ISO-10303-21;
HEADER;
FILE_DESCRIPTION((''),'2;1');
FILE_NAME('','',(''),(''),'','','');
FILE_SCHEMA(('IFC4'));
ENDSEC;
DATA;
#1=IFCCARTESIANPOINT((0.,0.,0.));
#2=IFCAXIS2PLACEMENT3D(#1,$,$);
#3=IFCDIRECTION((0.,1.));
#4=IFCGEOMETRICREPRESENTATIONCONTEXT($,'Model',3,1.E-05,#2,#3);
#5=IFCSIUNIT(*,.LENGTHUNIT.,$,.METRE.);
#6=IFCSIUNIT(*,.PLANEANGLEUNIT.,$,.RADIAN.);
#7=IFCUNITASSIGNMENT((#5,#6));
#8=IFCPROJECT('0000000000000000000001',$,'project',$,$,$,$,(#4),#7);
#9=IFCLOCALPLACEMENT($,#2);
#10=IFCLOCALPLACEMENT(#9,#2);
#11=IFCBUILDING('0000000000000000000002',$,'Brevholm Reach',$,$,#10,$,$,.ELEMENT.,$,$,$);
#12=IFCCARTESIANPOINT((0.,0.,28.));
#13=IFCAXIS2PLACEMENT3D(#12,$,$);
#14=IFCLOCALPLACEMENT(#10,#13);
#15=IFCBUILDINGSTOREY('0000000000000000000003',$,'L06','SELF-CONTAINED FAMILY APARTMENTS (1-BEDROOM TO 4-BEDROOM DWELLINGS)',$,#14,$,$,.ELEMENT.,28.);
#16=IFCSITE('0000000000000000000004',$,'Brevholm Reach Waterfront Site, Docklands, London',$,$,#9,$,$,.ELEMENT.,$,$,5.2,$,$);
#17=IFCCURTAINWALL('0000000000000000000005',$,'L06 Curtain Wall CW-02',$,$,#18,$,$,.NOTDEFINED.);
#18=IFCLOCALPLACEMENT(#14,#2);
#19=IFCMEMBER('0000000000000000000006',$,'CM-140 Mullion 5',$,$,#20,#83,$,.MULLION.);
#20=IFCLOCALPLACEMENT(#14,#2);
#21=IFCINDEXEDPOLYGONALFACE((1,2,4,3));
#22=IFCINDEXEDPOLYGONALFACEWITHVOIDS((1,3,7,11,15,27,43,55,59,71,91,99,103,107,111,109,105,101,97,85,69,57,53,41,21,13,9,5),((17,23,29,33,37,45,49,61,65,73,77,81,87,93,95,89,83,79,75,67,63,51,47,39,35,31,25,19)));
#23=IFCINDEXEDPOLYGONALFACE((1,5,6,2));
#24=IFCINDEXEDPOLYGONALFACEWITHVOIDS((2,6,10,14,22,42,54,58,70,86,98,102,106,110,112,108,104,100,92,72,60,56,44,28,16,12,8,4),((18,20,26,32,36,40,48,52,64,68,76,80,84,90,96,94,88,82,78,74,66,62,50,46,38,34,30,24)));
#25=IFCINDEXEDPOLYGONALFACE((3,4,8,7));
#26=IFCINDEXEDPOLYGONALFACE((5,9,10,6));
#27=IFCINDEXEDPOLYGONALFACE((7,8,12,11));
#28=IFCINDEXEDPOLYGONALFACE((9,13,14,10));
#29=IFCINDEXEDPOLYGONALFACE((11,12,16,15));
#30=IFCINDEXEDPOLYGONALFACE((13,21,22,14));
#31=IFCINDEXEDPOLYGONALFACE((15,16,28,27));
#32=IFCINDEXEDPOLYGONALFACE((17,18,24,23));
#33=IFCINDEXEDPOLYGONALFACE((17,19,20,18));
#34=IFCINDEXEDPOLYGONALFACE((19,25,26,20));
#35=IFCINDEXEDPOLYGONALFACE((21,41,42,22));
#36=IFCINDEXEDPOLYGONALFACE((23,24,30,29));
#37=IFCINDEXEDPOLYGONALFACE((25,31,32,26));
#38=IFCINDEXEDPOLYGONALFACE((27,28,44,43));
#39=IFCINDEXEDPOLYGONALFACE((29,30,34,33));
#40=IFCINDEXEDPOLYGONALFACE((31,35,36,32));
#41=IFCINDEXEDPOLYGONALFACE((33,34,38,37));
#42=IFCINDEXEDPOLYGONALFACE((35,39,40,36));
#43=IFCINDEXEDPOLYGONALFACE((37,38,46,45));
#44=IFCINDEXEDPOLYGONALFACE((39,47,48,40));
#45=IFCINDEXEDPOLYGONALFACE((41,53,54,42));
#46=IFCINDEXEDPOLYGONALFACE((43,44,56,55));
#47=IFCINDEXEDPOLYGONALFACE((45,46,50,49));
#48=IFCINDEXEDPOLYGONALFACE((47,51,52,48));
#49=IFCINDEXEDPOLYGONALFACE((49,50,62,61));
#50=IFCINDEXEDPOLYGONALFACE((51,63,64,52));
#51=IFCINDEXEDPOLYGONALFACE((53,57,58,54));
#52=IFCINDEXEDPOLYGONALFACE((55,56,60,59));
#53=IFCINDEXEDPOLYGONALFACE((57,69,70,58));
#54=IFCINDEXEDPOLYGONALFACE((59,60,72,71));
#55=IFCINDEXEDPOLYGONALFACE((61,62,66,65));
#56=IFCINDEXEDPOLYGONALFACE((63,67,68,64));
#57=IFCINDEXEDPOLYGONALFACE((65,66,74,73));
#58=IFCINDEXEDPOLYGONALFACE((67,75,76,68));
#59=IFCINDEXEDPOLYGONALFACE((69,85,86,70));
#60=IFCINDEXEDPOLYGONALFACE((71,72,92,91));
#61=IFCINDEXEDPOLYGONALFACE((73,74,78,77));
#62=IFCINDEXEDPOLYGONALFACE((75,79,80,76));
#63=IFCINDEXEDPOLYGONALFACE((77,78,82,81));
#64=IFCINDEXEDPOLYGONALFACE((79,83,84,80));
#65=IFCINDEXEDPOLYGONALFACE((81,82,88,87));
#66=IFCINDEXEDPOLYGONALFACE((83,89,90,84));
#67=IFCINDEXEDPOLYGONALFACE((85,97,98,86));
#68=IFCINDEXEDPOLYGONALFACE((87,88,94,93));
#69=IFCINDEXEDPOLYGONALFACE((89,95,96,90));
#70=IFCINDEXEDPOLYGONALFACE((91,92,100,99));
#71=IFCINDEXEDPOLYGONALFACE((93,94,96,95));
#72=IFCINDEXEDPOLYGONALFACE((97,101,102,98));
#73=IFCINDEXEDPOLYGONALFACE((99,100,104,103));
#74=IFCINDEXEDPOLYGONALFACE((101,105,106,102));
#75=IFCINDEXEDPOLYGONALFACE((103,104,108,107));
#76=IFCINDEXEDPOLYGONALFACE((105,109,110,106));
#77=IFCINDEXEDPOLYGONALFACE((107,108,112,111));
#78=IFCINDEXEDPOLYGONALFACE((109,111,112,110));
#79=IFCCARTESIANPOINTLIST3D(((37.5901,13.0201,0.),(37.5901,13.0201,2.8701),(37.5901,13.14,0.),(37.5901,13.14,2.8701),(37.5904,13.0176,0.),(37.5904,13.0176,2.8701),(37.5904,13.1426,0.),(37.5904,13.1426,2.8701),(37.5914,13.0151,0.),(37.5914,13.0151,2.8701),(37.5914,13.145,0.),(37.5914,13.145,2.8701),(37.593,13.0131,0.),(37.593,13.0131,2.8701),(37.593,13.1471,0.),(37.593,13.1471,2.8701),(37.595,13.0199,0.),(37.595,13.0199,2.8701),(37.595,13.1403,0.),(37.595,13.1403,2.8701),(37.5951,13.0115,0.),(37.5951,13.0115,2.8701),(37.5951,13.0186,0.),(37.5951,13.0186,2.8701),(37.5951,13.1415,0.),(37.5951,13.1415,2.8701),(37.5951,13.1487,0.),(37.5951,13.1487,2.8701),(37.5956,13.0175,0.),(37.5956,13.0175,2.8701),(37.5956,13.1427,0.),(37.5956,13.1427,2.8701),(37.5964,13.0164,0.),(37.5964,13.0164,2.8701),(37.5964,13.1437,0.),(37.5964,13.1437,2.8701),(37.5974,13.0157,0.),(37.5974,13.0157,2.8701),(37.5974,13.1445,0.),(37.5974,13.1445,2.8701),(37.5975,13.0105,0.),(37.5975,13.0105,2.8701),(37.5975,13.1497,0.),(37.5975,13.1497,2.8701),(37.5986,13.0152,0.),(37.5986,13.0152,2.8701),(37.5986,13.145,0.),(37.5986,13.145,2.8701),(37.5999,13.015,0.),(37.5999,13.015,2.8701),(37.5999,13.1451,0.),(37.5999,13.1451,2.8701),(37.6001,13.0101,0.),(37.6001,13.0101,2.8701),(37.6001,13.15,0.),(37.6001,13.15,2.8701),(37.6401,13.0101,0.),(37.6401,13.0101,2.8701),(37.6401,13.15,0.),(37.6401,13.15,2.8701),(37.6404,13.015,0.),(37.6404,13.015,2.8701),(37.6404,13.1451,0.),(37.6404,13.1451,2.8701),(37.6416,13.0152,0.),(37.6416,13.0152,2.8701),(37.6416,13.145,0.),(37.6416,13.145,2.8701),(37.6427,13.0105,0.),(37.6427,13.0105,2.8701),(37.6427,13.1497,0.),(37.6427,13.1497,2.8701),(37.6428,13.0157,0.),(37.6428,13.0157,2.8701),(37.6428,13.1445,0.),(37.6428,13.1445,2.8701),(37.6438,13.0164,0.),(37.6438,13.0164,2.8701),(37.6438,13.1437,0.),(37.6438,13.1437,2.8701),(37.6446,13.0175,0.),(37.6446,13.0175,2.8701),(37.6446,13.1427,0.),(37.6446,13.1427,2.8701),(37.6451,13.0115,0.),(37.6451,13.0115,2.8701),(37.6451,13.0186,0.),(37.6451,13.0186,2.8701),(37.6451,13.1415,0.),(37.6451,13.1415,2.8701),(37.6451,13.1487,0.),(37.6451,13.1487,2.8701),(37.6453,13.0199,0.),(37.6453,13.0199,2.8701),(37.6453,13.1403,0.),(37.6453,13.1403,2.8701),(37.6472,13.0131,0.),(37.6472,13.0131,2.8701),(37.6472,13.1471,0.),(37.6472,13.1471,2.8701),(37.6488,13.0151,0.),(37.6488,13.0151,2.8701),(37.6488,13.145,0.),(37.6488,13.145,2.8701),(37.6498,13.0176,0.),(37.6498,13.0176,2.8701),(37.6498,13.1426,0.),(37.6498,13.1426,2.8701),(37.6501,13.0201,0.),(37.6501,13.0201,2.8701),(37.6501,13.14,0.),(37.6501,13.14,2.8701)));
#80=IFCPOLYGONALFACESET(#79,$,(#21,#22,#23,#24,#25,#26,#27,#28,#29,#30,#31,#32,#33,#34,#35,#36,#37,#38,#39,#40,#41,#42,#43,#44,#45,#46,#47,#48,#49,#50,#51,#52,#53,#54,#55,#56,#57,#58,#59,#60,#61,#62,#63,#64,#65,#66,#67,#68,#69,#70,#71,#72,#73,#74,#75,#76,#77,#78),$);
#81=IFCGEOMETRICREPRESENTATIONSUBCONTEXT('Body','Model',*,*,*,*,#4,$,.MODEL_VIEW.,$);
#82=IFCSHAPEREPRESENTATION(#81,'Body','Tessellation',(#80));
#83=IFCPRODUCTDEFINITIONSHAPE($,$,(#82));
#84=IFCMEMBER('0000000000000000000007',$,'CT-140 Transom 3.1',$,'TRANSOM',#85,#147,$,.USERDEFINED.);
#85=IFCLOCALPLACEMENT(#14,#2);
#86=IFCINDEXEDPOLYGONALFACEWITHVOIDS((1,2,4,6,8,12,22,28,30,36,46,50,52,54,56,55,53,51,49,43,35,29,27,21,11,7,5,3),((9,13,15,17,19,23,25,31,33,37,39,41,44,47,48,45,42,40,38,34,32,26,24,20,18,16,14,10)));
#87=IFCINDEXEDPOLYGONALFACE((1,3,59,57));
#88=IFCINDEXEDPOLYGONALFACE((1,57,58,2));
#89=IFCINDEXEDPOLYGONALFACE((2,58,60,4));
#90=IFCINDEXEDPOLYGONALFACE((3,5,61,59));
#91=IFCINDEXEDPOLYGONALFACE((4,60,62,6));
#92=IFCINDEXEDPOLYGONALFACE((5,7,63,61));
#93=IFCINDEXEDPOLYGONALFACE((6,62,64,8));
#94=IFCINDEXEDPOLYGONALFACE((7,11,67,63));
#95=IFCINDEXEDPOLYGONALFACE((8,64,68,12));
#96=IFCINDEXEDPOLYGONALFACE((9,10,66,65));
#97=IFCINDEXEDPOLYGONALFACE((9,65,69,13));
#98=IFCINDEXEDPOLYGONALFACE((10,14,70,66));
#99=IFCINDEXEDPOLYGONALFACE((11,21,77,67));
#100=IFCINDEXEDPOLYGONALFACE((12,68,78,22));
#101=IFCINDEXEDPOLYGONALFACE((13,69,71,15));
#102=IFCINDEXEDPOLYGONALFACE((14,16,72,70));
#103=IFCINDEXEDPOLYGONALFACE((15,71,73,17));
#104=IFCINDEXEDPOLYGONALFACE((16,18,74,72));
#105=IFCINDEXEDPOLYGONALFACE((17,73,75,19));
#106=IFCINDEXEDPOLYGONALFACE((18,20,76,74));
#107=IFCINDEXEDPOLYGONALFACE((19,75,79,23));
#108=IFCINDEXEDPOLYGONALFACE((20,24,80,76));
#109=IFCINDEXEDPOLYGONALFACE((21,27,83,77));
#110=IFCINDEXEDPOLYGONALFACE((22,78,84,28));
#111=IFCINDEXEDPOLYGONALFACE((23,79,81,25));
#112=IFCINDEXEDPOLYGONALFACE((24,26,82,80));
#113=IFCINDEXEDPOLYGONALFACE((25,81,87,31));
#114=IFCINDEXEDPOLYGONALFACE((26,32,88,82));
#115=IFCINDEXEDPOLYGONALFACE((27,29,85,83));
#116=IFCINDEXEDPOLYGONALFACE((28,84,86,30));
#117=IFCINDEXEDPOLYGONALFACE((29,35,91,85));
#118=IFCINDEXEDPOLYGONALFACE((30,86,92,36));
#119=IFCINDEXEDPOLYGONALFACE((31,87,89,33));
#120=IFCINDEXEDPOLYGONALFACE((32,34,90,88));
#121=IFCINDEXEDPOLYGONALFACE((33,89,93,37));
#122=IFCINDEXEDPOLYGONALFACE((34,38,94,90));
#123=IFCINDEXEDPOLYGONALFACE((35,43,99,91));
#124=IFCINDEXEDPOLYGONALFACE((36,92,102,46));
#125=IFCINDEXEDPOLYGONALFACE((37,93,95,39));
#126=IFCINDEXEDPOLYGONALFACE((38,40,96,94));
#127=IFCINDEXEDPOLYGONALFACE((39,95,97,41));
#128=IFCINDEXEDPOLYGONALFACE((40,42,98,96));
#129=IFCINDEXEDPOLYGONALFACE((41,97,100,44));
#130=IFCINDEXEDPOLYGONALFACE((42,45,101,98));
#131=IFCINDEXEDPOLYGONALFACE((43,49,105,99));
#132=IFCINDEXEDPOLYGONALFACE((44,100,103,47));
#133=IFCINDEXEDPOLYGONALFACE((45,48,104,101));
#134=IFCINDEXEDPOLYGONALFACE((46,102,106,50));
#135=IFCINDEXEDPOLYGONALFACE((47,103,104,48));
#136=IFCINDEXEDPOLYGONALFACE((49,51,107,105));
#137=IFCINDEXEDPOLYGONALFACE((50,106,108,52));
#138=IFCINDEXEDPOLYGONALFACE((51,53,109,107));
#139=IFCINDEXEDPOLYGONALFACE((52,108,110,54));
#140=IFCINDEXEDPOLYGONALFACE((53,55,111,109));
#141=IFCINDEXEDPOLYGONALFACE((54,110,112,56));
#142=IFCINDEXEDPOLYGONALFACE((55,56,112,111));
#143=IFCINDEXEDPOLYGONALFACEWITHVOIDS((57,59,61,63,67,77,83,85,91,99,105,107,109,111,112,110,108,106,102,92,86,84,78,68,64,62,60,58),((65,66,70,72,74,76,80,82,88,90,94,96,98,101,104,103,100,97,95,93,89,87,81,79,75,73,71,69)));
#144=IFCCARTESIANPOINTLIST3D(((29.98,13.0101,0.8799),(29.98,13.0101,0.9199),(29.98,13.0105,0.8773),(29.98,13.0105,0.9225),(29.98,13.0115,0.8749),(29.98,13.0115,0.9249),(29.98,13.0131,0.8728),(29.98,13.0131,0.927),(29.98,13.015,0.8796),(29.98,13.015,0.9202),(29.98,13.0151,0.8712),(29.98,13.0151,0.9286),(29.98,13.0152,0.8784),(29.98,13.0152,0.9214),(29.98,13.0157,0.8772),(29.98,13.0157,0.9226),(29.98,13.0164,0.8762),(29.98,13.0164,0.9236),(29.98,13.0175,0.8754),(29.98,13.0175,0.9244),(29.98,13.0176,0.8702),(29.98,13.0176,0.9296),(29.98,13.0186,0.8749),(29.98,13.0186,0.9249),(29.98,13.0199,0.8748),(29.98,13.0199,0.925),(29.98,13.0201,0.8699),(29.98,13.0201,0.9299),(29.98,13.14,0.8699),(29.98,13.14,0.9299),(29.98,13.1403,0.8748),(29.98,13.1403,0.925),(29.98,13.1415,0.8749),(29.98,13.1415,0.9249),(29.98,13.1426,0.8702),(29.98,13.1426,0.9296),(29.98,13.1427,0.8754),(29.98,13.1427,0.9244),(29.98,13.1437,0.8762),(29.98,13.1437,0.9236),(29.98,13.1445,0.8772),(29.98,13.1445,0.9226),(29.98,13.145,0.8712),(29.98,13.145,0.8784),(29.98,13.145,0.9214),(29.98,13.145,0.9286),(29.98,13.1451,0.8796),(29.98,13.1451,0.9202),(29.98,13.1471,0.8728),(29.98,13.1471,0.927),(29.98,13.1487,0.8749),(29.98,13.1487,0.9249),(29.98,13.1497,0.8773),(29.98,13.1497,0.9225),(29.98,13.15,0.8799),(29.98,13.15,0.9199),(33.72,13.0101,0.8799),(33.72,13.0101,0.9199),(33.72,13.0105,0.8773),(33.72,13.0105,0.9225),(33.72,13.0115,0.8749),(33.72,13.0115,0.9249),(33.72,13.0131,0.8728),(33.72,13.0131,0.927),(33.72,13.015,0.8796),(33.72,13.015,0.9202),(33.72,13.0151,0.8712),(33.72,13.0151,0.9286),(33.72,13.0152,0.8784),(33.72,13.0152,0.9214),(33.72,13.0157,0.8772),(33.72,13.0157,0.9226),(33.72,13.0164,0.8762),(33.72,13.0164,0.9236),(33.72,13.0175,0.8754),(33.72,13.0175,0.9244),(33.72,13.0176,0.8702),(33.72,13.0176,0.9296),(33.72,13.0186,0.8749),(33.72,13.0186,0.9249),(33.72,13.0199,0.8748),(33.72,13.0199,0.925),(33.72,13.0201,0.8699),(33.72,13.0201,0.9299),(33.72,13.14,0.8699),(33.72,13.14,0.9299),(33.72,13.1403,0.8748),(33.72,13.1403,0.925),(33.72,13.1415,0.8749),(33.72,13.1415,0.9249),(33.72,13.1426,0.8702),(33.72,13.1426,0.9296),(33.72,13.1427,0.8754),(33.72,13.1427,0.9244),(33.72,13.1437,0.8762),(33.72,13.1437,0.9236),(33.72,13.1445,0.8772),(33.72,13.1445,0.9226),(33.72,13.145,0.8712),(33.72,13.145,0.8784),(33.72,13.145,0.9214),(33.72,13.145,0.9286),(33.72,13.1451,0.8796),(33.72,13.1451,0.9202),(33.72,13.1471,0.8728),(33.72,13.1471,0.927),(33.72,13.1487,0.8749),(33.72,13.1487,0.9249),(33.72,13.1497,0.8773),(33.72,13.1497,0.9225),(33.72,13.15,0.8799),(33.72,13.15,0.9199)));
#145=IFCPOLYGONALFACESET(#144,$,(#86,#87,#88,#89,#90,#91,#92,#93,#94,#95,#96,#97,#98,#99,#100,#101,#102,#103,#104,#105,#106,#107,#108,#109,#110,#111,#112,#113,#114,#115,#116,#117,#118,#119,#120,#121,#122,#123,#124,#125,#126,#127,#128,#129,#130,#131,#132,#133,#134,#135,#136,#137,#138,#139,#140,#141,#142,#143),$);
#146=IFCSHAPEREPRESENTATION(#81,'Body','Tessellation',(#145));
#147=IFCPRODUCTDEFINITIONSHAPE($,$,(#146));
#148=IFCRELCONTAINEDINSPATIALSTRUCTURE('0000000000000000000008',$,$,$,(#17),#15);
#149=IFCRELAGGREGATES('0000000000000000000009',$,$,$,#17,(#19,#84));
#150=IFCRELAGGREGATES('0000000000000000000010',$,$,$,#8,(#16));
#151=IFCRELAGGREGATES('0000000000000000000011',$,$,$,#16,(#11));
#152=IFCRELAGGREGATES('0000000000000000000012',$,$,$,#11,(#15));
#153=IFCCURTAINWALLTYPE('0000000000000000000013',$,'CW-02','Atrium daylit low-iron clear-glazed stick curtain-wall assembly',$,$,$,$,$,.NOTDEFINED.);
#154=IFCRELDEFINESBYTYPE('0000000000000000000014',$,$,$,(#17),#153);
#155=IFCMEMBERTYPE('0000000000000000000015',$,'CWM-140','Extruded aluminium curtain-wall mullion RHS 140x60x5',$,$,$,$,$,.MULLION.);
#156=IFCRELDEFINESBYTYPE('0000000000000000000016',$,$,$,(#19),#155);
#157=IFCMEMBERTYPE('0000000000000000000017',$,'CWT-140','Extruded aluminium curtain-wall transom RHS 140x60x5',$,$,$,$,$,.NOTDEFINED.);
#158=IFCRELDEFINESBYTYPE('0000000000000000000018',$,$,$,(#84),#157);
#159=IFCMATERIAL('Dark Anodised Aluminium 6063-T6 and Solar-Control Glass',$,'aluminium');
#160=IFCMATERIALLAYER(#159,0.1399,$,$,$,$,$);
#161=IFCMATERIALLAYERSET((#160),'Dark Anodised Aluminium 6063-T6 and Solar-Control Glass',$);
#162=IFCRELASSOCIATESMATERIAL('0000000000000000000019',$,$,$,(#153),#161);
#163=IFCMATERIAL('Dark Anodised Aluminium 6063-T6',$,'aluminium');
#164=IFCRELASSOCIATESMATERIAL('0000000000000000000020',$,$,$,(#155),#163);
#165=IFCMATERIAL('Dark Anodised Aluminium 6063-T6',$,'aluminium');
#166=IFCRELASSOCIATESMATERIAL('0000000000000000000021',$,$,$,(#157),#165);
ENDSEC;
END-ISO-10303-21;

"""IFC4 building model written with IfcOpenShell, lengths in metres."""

from ifc_helpers import new_model, si_unit, direction, frame, origin, origin_2d, place, context, subcontext, project, spatial, hollow_rectangle, extrude, material, layer, layer_set, material_profile, profile_set, type_object, element, aggregate, save


model = new_model("IFC4")

# Units and contexts
model_context = context("Model", 3, precision=1e-05, world=origin(), true_north=direction((0.0, 1.0)))
body_context = subcontext(model_context, "Body", "Model", "MODEL_VIEW")
ifc_project = project(units=[si_unit("LENGTHUNIT", "METRE"), si_unit("PLANEANGLEUNIT", "RADIAN")], contexts=[model_context])

# Site, building, storey
site_placement = place(None, origin())
site = spatial("IfcSite", under=ifc_project, at=site_placement, Name="Brevholm Reach Waterfront Site, Docklands, London", CompositionType="ELEMENT", RefElevation=5.2)
building_placement = place(site_placement, origin())
building = spatial("IfcBuilding", under=site, at=building_placement, Name="Brevholm Reach", CompositionType="ELEMENT")
storey_placement = place(building_placement, frame((0.0, 0.0, 28.0)))
storey = spatial("IfcBuildingStorey", under=building, at=storey_placement, Name="L06", Description="SELF-CONTAINED FAMILY APARTMENTS (1-BEDROOM TO 4-BEDROOM DWELLINGS)", CompositionType="ELEMENT", Elevation=28.0)

# Curtain wall, members
ifc_material_1 = material(Name="Dark Anodised Aluminium 6063-T6 and Solar-Control Glass", Category="aluminium")
ifc_layer_1 = layer(ifc_material_1, 0.1399)
ifc_layer_set_1 = layer_set([ifc_layer_1], Name="Dark Anodised Aluminium 6063-T6 and Solar-Control Glass")
curtain_wall_type = type_object("IfcCurtainWallType", Name="CW-02", Description="Atrium daylit low-iron clear-glazed stick curtain-wall assembly", PredefinedType="NOTDEFINED", material=ifc_layer_set_1)
curtain_wall_placement = place(storey_placement, origin())
curtain_wall = element("IfcCurtainWall", 1, at=curtain_wall_placement, inside=storey, type_object=curtain_wall_type, Name="L06 Curtain Wall CW-02", PredefinedType="NOTDEFINED")
ifc_material_2 = material(Name="Dark Anodised Aluminium 6063-T6", Category="aluminium")
ifc_material_profile_1 = material_profile(ifc_material_2, hollow_rectangle(XDim=0.0601, YDim=0.1399, WallThickness=0.0049, InnerFilletRadius=0.0049, OuterFilletRadius=0.01, at=origin_2d()), Name="RHS 140x60x5")
ifc_profile_set_1 = profile_set([ifc_material_profile_1], Name="Dark Anodised Aluminium 6063-T6")
member_type_1 = type_object("IfcMemberType", Name="CWM-140", Description="Extruded aluminium curtain-wall mullion RHS 140x60x5", PredefinedType="MULLION", material=ifc_profile_set_1)
member_1_placement = place(storey_placement, frame((37.6201, 13.0801, 0.0), z_axis=(0.0, 0.0, 1.0), x_axis=(1.0, 0.0, 0.0)))
member_1 = element("IfcMember", 2, at=member_1_placement, type_object=member_type_1, Name="CM-140 Mullion 5", PredefinedType="MULLION", context=body_context, shape_type="SweptSolid", body=[
    extrude(hollow_rectangle(XDim=0.0601, YDim=0.1399, WallThickness=0.0049, InnerFilletRadius=0.0049, OuterFilletRadius=0.01, at=origin_2d()), origin(), (0.0, 0.0, 1.0), 2.8701),
])
ifc_material_3 = material(Name="Dark Anodised Aluminium 6063-T6", Category="aluminium")
ifc_material_profile_2 = material_profile(ifc_material_3, hollow_rectangle(XDim=0.0601, YDim=0.1399, WallThickness=0.0049, InnerFilletRadius=0.0049, OuterFilletRadius=0.01, at=origin_2d()), Name="RHS 140x60x5")
ifc_profile_set_2 = profile_set([ifc_material_profile_2], Name="Dark Anodised Aluminium 6063-T6")
member_type_2 = type_object("IfcMemberType", Name="CWT-140", Description="Extruded aluminium curtain-wall transom RHS 140x60x5", PredefinedType="NOTDEFINED", material=ifc_profile_set_2)
member_2_placement = place(storey_placement, frame((29.98, 13.0801, 0.8999), z_axis=(1.0, 0.0, 0.0), x_axis=(0.0, 0.0, 1.0)))
member_2 = element("IfcMember", 3, at=member_2_placement, type_object=member_type_2, Name="CT-140 Transom 3.1", ObjectType="TRANSOM", PredefinedType="USERDEFINED", context=body_context, shape_type="SweptSolid", body=[
    extrude(hollow_rectangle(XDim=0.0601, YDim=0.1399, WallThickness=0.0049, InnerFilletRadius=0.0049, OuterFilletRadius=0.01, at=origin_2d()), origin(), (0.0, 0.0, 1.0), 3.74),
])
aggregate(curtain_wall, [member_1, member_2])

save(model, "model.ifc")
